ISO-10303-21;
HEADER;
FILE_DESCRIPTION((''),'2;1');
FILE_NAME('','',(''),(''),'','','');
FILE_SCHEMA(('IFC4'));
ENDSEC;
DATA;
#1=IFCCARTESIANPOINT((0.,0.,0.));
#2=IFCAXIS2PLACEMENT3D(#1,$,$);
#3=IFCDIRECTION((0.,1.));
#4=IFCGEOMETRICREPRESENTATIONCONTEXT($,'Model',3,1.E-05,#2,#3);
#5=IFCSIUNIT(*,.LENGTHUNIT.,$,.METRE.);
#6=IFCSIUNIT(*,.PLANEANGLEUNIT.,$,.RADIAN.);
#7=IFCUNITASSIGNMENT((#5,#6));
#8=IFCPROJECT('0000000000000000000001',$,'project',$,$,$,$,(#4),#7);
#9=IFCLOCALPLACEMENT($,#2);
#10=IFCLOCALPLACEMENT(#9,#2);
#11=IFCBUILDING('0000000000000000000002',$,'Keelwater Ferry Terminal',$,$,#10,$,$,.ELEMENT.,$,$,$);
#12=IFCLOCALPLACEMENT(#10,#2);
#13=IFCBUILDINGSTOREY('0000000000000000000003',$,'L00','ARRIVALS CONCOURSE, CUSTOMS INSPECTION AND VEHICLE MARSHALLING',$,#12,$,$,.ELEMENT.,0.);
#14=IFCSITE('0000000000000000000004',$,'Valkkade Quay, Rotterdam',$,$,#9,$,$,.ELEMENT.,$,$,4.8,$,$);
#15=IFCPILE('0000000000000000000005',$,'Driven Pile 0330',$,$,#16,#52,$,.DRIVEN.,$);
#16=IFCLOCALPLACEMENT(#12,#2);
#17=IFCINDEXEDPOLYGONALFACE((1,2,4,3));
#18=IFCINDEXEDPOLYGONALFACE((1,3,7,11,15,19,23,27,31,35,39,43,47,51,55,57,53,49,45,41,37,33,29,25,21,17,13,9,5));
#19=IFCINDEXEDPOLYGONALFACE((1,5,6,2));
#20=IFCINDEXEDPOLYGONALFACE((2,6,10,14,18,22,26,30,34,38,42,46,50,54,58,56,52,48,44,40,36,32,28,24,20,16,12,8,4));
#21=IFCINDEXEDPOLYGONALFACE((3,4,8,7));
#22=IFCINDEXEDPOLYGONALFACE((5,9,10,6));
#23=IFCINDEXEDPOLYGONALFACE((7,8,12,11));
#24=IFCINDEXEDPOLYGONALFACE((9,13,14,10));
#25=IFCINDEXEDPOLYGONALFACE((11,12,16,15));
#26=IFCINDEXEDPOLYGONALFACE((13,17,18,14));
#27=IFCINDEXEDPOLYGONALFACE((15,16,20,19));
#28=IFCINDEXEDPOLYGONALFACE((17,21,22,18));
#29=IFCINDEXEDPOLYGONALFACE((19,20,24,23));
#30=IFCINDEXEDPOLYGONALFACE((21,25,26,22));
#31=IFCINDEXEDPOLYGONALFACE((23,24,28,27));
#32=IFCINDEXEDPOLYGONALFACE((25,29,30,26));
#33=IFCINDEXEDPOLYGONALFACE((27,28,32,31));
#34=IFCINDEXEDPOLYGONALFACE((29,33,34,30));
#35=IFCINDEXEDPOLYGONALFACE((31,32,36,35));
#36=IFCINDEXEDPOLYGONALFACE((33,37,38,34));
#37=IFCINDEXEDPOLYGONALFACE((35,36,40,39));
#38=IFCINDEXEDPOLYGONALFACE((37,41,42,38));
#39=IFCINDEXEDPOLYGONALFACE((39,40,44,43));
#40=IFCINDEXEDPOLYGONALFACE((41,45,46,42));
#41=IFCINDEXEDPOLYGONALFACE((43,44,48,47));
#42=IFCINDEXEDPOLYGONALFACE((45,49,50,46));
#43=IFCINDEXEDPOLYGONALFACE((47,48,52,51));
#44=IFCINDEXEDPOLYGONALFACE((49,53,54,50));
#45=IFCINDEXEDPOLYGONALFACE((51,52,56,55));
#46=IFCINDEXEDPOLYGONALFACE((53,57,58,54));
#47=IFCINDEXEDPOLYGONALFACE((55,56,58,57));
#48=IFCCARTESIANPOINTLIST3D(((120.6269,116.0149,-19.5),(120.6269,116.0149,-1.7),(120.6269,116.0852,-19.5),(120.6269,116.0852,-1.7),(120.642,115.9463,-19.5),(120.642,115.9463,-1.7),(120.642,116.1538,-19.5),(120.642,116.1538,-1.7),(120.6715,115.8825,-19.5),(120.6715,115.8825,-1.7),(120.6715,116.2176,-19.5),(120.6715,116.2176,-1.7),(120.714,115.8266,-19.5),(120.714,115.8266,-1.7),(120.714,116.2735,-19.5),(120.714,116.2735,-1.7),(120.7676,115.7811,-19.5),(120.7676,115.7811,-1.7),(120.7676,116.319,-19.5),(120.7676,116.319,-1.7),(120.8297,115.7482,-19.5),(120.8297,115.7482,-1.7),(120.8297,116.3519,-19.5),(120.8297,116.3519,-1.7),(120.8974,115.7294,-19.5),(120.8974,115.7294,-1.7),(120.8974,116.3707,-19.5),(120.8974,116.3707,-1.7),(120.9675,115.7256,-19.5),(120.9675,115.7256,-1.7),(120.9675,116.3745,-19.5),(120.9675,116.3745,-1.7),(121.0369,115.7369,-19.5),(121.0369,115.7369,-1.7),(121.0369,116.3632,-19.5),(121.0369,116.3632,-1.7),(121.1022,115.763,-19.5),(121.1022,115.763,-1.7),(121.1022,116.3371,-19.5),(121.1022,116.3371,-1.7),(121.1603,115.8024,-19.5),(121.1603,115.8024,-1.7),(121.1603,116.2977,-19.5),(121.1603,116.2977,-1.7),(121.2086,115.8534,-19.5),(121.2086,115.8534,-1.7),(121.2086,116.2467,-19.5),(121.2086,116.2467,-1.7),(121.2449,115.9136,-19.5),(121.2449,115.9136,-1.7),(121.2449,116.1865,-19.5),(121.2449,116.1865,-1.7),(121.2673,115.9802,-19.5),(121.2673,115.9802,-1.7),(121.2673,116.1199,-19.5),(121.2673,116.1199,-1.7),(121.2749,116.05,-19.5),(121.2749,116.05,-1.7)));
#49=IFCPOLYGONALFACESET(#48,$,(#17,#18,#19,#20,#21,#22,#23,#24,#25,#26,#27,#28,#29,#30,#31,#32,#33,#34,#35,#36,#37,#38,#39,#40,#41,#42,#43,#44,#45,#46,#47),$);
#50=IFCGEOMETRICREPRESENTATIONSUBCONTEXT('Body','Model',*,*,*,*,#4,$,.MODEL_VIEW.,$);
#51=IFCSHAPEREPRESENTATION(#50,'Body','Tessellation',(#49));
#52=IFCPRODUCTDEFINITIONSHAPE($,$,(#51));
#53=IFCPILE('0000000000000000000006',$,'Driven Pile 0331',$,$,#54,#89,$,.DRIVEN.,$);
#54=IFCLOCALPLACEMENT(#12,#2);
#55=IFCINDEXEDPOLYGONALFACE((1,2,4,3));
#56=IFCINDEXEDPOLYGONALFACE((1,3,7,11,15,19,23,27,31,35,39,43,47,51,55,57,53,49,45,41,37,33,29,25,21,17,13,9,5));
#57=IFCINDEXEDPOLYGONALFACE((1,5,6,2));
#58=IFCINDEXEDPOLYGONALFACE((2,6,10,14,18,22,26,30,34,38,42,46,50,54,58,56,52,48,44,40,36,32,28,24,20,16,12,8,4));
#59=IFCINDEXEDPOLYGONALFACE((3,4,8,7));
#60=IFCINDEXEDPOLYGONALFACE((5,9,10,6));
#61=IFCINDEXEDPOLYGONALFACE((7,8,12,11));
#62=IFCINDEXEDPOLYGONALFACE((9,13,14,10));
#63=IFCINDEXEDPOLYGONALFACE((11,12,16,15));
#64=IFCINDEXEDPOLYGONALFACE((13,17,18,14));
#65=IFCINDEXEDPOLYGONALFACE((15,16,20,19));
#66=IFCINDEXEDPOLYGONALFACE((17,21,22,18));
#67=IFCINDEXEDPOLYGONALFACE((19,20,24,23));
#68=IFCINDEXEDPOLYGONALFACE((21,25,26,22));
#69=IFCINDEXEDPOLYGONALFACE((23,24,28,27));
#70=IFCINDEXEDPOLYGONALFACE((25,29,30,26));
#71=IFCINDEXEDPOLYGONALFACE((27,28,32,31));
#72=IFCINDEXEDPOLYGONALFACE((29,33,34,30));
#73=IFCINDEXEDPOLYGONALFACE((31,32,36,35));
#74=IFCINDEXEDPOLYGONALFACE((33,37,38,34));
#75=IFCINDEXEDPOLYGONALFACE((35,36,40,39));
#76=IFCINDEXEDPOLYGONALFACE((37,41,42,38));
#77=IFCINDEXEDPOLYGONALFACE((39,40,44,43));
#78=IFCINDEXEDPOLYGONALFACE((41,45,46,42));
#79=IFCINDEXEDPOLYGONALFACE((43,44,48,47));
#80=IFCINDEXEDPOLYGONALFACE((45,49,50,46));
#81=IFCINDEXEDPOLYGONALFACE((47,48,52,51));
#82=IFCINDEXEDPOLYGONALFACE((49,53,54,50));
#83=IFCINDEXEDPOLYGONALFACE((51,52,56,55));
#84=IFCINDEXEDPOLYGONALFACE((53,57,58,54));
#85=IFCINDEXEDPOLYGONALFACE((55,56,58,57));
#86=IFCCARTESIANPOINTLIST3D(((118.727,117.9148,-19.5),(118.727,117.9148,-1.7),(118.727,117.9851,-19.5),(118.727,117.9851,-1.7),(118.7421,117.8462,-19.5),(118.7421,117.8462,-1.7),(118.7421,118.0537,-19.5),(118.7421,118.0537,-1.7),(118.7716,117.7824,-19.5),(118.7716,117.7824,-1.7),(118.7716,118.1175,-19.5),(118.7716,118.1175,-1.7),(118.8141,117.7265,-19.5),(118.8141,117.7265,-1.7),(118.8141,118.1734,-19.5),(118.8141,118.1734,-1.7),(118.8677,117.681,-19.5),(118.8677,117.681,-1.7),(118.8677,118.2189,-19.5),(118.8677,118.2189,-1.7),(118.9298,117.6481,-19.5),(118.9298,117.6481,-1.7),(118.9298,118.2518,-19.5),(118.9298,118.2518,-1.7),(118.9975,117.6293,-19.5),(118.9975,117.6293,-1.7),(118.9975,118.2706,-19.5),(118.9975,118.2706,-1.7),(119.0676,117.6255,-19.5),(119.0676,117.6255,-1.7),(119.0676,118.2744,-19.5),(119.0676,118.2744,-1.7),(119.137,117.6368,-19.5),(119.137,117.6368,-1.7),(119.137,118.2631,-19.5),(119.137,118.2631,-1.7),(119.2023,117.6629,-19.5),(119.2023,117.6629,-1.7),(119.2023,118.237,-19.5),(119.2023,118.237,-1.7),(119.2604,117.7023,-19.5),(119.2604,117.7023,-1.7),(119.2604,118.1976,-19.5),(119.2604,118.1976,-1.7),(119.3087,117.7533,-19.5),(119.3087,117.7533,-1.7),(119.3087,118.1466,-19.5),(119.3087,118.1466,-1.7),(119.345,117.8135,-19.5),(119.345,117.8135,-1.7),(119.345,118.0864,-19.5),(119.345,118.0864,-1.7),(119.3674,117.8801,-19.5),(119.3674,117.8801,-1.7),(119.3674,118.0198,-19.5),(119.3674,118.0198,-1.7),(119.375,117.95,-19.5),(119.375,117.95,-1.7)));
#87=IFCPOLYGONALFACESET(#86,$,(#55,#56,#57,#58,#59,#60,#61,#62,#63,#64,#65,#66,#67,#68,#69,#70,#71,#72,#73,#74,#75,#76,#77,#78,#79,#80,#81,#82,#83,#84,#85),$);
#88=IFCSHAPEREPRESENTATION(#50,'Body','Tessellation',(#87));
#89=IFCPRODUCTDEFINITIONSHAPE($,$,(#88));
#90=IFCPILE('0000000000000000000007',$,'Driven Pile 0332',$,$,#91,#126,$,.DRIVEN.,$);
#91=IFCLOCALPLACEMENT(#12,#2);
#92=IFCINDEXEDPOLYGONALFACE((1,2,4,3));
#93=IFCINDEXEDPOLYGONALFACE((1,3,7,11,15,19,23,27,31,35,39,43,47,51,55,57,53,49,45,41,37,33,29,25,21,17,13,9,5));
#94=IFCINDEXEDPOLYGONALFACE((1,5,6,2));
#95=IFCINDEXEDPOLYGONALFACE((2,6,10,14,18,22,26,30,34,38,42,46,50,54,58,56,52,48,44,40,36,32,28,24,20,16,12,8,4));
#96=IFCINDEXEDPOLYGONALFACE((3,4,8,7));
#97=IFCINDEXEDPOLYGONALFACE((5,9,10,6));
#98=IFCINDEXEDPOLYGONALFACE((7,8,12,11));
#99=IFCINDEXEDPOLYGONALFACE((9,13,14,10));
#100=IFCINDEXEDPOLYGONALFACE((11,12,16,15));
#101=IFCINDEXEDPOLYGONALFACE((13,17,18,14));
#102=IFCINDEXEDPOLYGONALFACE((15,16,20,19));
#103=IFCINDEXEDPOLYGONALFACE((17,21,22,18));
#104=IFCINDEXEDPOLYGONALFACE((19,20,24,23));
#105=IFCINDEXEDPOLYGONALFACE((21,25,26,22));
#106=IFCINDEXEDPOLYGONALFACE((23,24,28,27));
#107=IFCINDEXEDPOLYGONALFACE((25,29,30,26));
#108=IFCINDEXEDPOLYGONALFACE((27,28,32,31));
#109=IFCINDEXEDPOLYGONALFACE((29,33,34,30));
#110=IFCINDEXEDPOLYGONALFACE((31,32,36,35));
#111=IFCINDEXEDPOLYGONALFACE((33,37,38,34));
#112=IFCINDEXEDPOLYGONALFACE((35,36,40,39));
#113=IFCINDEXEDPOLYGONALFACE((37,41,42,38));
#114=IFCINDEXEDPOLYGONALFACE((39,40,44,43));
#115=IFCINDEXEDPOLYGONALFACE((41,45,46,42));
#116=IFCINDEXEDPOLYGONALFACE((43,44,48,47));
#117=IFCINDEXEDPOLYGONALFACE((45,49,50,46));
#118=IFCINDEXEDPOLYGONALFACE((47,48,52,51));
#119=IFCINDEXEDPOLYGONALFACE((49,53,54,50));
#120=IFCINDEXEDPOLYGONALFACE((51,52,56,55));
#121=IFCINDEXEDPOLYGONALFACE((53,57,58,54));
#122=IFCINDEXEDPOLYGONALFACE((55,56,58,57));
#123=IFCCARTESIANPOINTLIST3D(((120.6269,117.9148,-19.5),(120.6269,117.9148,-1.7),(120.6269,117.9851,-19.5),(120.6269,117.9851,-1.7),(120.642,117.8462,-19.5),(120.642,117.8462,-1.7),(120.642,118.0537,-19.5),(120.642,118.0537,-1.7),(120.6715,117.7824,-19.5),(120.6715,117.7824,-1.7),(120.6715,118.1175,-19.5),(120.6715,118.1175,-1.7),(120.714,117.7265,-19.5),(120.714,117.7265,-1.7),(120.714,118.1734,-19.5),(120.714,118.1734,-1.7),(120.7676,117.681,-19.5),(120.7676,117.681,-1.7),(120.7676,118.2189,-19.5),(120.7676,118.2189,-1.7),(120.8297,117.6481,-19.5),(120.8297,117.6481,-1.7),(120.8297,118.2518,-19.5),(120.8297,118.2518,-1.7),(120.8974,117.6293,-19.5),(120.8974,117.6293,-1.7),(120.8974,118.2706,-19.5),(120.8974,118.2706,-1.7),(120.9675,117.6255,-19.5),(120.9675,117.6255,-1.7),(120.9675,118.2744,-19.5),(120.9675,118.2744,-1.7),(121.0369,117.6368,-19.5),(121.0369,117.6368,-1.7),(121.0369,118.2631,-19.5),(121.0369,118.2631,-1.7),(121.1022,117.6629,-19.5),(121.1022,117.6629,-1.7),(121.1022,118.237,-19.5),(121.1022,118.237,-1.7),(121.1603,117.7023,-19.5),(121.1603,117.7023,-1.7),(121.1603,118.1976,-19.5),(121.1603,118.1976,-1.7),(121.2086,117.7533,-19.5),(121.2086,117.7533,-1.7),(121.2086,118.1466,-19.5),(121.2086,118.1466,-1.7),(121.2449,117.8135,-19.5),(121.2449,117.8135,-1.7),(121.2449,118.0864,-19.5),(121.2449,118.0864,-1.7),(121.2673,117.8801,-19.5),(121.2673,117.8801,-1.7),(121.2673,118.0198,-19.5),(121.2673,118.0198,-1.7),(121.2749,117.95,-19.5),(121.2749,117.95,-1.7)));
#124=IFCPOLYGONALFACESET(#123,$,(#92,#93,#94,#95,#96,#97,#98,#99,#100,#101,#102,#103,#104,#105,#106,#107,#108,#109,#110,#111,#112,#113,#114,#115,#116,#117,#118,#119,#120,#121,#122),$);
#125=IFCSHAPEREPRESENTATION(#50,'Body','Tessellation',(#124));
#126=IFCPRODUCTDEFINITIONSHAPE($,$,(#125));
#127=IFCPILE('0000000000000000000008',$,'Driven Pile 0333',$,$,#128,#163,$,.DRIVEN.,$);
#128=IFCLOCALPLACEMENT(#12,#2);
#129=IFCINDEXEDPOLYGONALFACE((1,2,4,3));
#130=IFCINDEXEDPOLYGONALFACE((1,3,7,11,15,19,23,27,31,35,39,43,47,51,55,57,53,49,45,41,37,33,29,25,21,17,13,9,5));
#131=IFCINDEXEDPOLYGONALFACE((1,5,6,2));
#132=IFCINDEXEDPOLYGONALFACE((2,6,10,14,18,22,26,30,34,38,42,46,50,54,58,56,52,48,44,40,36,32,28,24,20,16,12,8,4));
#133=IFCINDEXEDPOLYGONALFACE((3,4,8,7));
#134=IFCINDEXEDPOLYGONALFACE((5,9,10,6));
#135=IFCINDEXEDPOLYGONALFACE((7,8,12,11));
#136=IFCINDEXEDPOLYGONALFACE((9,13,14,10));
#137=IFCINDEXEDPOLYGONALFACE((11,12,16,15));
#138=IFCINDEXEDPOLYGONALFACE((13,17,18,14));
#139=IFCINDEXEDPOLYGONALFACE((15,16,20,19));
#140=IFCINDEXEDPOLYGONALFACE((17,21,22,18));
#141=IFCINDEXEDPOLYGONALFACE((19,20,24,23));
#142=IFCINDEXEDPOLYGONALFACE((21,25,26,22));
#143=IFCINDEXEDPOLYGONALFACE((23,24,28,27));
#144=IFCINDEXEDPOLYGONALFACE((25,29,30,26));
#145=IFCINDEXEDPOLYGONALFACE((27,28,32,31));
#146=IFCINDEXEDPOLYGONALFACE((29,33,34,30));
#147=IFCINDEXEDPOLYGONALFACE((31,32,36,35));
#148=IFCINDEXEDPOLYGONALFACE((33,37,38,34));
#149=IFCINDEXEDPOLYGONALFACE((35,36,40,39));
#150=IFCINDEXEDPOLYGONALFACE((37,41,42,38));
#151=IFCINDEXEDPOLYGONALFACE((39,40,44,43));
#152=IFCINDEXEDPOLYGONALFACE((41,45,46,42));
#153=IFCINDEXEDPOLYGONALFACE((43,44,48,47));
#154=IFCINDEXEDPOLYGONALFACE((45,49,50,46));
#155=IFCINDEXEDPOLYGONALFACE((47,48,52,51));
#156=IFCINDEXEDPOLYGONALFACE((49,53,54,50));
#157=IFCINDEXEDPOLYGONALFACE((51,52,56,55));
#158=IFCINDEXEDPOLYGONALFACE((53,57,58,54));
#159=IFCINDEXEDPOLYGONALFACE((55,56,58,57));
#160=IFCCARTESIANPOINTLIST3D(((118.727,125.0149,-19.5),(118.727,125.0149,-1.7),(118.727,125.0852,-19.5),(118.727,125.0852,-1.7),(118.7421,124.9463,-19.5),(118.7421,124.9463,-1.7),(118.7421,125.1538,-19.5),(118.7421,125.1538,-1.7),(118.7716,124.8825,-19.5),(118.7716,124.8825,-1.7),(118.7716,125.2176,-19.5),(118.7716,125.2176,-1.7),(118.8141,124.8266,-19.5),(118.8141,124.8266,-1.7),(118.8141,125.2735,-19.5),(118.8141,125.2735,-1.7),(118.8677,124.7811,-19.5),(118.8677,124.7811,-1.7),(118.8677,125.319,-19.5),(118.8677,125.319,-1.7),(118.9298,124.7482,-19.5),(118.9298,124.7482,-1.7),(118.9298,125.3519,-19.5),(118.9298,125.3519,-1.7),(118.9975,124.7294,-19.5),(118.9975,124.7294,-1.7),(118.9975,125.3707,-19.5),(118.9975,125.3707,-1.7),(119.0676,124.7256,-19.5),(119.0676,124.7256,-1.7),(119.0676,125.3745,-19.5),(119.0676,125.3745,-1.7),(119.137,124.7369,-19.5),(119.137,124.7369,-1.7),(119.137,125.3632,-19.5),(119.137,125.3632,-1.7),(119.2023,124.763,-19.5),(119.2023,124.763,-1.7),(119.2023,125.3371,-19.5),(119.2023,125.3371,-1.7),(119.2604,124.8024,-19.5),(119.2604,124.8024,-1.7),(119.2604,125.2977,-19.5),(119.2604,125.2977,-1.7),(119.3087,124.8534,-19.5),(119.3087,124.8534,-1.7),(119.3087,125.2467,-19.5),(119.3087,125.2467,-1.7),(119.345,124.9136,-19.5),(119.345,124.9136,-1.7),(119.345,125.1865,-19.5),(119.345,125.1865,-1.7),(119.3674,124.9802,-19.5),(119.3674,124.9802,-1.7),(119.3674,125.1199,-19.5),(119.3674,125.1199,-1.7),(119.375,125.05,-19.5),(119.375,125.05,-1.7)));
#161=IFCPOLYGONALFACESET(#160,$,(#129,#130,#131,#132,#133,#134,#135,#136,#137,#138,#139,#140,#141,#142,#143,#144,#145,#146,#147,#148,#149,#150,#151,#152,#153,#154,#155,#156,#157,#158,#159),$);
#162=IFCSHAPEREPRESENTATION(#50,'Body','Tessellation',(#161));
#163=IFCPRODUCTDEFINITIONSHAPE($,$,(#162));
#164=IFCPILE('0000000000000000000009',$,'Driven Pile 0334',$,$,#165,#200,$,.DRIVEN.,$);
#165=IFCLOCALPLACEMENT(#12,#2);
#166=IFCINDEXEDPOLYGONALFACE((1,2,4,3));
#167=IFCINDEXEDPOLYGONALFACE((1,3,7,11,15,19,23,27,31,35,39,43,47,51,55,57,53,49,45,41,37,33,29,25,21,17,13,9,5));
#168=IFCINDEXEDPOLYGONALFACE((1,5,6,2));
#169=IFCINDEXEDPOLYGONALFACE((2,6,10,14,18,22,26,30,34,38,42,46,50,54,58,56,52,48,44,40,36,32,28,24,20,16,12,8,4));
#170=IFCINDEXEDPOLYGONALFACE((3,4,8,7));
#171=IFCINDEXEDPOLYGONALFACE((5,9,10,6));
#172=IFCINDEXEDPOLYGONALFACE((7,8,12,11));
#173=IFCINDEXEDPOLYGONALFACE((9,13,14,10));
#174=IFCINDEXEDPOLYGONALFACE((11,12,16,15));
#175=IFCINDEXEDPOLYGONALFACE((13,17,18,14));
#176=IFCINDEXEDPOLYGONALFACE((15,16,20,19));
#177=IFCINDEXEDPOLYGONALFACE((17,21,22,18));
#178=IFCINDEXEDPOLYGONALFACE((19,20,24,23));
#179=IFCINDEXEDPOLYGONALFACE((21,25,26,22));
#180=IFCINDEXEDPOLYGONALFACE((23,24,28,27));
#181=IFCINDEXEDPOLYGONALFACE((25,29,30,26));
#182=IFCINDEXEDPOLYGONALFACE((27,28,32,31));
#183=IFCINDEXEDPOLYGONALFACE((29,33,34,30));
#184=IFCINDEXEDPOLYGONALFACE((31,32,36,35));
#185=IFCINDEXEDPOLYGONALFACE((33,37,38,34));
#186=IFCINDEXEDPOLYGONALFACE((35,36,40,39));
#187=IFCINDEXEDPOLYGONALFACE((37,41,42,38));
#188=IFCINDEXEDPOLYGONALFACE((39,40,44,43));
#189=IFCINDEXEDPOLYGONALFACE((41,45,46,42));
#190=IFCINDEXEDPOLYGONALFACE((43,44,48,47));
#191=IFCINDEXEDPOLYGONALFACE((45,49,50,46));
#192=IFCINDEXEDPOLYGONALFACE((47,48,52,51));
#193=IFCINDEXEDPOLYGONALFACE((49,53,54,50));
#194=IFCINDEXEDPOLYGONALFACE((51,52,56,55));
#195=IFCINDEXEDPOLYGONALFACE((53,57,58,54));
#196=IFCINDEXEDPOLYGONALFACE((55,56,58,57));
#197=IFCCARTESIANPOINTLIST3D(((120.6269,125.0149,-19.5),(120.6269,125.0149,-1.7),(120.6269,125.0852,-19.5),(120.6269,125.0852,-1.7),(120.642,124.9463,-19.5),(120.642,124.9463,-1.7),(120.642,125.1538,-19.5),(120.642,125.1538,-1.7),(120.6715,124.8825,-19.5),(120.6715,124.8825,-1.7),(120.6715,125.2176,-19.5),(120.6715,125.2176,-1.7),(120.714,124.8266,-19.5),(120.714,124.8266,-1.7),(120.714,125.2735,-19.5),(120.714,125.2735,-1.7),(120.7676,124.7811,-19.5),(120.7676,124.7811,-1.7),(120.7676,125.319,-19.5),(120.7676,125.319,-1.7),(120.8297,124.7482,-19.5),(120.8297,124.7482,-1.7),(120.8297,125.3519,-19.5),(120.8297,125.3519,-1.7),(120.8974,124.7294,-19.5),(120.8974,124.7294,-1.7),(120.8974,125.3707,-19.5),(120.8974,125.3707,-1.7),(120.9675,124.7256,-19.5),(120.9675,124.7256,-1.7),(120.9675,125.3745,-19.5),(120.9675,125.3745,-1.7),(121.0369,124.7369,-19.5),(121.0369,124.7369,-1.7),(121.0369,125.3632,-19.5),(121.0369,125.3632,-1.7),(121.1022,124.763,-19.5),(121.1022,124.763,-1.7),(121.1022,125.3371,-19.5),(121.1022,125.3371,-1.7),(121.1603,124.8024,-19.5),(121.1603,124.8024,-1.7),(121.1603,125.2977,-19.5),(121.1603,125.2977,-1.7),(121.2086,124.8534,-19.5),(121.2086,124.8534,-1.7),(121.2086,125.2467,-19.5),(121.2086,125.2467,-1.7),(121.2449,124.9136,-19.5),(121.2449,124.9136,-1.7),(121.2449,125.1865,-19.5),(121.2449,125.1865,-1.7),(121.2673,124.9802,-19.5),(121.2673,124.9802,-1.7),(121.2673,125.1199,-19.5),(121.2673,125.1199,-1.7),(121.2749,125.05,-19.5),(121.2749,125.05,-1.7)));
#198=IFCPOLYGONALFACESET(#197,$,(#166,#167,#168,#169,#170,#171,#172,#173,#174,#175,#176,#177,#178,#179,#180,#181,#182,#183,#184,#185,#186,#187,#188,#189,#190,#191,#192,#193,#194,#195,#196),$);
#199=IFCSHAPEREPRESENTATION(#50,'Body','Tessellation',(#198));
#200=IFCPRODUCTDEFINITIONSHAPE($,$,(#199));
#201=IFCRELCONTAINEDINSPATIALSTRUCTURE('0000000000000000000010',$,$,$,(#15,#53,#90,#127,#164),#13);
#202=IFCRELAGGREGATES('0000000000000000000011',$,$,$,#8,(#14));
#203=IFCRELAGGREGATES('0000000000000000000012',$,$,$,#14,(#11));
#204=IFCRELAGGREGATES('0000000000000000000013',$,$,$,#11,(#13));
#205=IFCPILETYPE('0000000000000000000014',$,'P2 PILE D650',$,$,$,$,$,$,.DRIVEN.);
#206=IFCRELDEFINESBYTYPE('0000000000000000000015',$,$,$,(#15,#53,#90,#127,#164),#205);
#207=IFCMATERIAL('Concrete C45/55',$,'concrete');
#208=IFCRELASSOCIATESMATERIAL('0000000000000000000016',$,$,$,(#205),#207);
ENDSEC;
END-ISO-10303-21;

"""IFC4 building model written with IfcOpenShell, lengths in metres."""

from ifc_helpers import new_model, si_unit, direction, frame, origin, origin_2d, place, context, subcontext, project, spatial, circle, extrude, material, material_profile, profile_set, type_object, element, save


model = new_model("IFC4")

# Units and contexts
model_context = context("Model", 3, precision=1e-05, world=origin(), true_north=direction((0.0, 1.0)))
body_context = subcontext(model_context, "Body", "Model", "MODEL_VIEW")
ifc_project = project(units=[si_unit("LENGTHUNIT", "METRE"), si_unit("PLANEANGLEUNIT", "RADIAN")], contexts=[model_context])

# Site, building, storey
site_placement = place(None, origin())
site = spatial("IfcSite", under=ifc_project, at=site_placement, Name="Valkkade Quay, Rotterdam", CompositionType="ELEMENT", RefElevation=4.8)
building_placement = place(site_placement, origin())
building = spatial("IfcBuilding", under=site, at=building_placement, Name="Keelwater Ferry Terminal", CompositionType="ELEMENT")
storey_placement = place(building_placement, origin())
storey = spatial("IfcBuildingStorey", under=building, at=storey_placement, Name="L00", Description="ARRIVALS CONCOURSE, CUSTOMS INSPECTION AND VEHICLE MARSHALLING", CompositionType="ELEMENT", Elevation=0.0)

# Piles
ifc_material_1 = material(Name="Concrete C45/55", Category="concrete")
ifc_material_profile_1 = material_profile(ifc_material_1, circle(Radius=0.325, at=origin_2d()), Name="PILE D650")
ifc_profile_set_1 = profile_set([ifc_material_profile_1], Name="Concrete C45/55")
pile_type = type_object("IfcPileType", Name="P2 PILE D650", PredefinedType="DRIVEN", material=ifc_profile_set_1)
for number, where, z_axis, x_axis, name in (
    (1, (120.95, 116.05, -1.7), (0.0, 0.0, -1.0), (1.0, 0.0, 0.0), "Driven Pile 0330"),
    (2, (119.05, 117.95, -1.7), (0.0, 0.0, -1.0), (1.0, 0.0, 0.0), "Driven Pile 0331"),
    (3, (120.95, 117.95, -1.7), (0.0, 0.0, -1.0), (1.0, 0.0, 0.0), "Driven Pile 0332"),
    (4, (119.05, 125.05, -1.7), (0.0, 0.0, -1.0), (1.0, 0.0, 0.0), "Driven Pile 0333"),
    (5, (120.95, 125.05, -1.7), (0.0, 0.0, -1.0), (1.0, 0.0, 0.0), "Driven Pile 0334"),
):
    element("IfcPile", number, at=place(storey_placement, frame(where, z_axis=z_axis, x_axis=x_axis)), inside=storey, type_object=pile_type, Name=name, PredefinedType="DRIVEN", context=body_context, shape_type="SweptSolid", body=[
        extrude(circle(Radius=0.325, at=origin_2d()), origin(), (0.0, 0.0, 1.0), 17.8),
    ])

save(model, "model.ifc")
